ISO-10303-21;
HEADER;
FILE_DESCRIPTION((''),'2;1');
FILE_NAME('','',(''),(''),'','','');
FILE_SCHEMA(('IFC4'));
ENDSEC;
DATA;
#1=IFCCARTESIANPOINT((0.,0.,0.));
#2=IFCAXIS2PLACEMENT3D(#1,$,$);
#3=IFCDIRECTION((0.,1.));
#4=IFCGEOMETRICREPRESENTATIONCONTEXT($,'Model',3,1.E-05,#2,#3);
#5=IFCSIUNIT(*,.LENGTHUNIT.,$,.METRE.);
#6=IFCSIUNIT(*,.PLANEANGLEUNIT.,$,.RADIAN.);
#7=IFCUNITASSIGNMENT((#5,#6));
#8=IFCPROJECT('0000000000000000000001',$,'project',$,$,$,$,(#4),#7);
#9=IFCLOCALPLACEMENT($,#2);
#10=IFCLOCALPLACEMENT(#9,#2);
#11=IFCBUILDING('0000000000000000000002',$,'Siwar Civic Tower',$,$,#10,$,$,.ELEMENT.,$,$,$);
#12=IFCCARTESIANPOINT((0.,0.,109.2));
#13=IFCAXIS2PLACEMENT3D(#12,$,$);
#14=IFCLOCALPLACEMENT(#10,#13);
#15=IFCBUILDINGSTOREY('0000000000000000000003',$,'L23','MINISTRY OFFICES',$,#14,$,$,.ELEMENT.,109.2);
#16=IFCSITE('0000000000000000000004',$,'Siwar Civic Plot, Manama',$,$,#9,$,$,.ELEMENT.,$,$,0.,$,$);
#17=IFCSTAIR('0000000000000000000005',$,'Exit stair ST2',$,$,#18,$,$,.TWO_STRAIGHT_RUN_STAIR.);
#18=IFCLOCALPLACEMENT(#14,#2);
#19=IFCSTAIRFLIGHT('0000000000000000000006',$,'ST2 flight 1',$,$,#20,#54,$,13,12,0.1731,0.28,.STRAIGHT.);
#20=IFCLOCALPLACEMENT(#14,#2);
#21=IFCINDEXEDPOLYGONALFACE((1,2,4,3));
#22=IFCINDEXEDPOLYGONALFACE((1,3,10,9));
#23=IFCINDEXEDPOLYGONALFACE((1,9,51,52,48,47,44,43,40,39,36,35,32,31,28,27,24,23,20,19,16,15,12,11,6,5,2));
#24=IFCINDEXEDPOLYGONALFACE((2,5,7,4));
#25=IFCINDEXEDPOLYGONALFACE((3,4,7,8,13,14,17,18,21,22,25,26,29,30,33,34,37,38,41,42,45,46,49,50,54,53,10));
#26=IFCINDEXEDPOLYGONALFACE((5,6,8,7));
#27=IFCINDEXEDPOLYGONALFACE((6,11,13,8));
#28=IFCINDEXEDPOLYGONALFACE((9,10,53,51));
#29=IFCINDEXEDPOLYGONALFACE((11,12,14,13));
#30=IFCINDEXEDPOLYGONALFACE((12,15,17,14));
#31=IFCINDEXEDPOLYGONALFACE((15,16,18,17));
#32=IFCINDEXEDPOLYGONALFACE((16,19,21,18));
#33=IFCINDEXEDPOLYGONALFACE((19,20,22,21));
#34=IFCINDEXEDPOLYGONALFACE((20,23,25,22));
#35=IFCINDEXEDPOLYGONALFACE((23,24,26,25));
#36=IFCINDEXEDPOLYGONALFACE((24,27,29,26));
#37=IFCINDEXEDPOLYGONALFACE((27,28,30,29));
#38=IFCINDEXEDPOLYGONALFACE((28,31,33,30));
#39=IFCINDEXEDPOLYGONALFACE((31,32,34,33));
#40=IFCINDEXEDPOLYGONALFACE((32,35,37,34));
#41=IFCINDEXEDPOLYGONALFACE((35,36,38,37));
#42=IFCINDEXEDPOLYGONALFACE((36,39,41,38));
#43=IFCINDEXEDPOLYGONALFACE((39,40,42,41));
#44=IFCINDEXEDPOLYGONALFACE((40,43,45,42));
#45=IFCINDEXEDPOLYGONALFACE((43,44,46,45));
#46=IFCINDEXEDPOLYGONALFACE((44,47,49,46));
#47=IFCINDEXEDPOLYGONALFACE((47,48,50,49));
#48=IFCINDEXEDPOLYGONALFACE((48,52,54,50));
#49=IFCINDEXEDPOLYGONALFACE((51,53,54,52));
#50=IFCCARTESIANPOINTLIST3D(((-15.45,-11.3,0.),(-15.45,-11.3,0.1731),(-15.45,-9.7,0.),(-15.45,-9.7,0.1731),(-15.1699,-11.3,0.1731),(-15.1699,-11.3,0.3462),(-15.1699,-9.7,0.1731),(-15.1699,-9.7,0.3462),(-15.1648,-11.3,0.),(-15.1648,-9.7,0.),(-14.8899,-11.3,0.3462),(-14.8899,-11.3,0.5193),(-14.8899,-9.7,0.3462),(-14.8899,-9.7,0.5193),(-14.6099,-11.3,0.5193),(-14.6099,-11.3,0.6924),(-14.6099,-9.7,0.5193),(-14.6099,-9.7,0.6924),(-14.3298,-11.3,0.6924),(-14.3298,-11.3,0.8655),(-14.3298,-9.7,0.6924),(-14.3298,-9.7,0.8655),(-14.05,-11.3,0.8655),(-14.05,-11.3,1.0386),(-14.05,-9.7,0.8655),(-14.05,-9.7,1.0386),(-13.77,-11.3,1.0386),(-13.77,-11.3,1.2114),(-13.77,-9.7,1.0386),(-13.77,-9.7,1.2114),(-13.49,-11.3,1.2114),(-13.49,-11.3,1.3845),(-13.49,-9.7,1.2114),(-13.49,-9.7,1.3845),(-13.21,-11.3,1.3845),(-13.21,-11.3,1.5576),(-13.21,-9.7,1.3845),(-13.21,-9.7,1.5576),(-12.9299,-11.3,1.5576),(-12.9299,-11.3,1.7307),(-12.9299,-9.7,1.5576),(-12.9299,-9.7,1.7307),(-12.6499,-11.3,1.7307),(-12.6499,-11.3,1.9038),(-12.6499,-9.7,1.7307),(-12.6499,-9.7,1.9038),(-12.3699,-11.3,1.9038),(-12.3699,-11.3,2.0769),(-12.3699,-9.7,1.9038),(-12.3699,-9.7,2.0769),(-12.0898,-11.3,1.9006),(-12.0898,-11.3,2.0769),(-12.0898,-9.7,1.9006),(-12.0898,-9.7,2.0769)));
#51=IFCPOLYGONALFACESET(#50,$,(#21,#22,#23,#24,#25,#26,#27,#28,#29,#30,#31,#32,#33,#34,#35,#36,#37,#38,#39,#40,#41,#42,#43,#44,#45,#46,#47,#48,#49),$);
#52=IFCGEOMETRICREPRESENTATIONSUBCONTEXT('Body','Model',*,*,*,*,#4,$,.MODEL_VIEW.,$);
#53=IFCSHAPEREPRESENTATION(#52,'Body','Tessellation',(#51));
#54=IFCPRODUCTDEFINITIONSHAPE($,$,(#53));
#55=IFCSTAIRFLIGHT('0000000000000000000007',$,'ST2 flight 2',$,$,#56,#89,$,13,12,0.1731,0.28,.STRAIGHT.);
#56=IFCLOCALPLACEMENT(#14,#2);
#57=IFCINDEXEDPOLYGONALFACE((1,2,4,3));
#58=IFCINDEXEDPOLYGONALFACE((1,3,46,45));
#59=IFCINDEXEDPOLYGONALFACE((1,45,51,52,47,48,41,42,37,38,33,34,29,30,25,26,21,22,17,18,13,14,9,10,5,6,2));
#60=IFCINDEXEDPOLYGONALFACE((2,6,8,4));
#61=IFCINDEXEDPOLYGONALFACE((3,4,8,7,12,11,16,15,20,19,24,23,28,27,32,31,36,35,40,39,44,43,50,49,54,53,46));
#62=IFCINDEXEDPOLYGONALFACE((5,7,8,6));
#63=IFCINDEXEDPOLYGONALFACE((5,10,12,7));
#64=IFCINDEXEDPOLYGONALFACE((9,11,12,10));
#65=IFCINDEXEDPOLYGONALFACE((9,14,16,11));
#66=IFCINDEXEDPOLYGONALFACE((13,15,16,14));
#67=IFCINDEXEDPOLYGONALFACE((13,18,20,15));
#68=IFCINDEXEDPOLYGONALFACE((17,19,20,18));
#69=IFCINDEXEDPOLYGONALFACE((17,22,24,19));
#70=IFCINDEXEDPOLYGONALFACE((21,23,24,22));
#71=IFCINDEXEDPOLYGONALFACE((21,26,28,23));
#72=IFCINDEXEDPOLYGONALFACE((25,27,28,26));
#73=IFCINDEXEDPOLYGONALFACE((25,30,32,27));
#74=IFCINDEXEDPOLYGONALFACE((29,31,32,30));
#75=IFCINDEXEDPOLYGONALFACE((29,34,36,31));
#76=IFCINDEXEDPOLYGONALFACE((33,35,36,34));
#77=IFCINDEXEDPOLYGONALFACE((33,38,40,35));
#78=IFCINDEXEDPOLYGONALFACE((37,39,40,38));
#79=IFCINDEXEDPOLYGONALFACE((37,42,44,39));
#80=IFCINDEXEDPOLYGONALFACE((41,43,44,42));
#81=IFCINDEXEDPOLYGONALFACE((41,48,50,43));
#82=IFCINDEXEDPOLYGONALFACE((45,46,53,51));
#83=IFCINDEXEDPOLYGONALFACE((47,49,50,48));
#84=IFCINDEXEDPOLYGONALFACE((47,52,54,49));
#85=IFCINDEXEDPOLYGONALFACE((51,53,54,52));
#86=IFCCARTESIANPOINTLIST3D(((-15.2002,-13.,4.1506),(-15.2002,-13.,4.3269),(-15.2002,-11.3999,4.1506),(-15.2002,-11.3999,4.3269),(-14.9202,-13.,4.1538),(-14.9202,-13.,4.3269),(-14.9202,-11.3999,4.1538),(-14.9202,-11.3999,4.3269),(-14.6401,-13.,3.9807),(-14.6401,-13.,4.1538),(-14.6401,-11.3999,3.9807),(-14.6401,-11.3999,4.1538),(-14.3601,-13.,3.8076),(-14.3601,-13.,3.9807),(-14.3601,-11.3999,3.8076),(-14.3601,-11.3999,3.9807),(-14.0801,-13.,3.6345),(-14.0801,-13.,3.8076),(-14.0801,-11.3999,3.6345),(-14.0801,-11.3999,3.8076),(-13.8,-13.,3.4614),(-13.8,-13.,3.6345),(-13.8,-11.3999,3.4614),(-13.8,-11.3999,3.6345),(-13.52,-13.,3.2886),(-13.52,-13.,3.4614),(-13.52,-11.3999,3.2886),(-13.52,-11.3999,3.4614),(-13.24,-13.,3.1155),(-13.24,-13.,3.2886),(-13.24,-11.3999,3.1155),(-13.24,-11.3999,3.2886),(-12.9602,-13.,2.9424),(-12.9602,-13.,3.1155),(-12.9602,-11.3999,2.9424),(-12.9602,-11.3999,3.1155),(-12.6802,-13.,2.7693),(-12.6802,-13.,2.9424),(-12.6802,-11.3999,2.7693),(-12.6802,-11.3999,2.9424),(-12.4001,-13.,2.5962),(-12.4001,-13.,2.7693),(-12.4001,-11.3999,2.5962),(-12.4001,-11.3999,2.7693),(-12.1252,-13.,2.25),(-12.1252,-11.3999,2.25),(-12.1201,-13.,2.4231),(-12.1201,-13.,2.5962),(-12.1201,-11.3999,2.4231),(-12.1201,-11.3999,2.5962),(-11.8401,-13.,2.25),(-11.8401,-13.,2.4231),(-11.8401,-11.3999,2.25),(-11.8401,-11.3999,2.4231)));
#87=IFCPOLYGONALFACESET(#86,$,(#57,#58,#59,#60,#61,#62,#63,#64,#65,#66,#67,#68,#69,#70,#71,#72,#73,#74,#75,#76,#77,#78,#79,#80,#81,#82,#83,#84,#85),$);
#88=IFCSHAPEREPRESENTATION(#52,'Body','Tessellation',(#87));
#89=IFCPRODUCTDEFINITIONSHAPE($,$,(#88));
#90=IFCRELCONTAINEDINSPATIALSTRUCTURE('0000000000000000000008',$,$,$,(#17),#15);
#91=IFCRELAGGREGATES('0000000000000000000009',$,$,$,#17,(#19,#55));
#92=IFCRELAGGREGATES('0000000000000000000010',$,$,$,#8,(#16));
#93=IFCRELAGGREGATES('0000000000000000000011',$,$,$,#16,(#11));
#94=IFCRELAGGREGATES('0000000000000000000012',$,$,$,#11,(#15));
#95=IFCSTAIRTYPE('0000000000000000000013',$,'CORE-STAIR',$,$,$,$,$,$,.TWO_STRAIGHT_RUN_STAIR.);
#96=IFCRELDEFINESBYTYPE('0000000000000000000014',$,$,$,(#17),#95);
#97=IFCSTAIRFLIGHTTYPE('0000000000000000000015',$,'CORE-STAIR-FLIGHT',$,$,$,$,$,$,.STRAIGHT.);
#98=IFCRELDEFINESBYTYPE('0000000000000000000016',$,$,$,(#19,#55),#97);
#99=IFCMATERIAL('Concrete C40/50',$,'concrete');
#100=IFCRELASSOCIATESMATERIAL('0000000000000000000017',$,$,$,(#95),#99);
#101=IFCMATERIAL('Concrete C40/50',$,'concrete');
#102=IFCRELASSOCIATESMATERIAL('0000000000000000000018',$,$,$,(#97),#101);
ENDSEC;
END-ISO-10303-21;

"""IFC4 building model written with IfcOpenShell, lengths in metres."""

from ifc_helpers import new_model, si_unit, direction, frame, origin, place, context, subcontext, project, spatial, polyline, outline, extrude, material, type_object, element, aggregate, save


model = new_model("IFC4")

# Units and contexts
model_context = context("Model", 3, precision=1e-05, world=origin(), true_north=direction((0.0, 1.0)))
body_context = subcontext(model_context, "Body", "Model", "MODEL_VIEW")
ifc_project = project(units=[si_unit("LENGTHUNIT", "METRE"), si_unit("PLANEANGLEUNIT", "RADIAN")], contexts=[model_context])

# Site, building, storey
site_placement = place(None, origin())
site = spatial("IfcSite", under=ifc_project, at=site_placement, Name="Siwar Civic Plot, Manama", CompositionType="ELEMENT", RefElevation=0.0)
building_placement = place(site_placement, origin())
building = spatial("IfcBuilding", under=site, at=building_placement, Name="Siwar Civic Tower", CompositionType="ELEMENT")
storey_placement = place(building_placement, frame((0.0, 0.0, 109.2)))
storey = spatial("IfcBuildingStorey", under=building, at=storey_placement, Name="L23", Description="MINISTRY OFFICES", CompositionType="ELEMENT", Elevation=109.2)

# Stair, stair flights
ifc_material_1 = material(Name="Concrete C40/50", Category="concrete")
stair_type = type_object("IfcStairType", Name="CORE-STAIR", PredefinedType="TWO_STRAIGHT_RUN_STAIR", material=ifc_material_1)
stair_placement = place(storey_placement, origin())
stair = element("IfcStair", 1, at=stair_placement, inside=storey, type_object=stair_type, Name="Exit stair ST2", PredefinedType="TWO_STRAIGHT_RUN_STAIR")
ifc_material_2 = material(Name="Concrete C40/50", Category="concrete")
stair_flight_type = type_object("IfcStairFlightType", Name="CORE-STAIR-FLIGHT", PredefinedType="STRAIGHT", material=ifc_material_2)
stair_flight_1_placement = place(storey_placement, frame((-15.45, -10.5, 0.0), z_axis=(0.0, 0.0, 1.0), x_axis=(1.0, 0.0, 0.0)))
stair_flight_1 = element("IfcStairFlight", 2, at=stair_flight_1_placement, type_object=stair_flight_type, Name="ST2 flight 1", NumberOfRisers=13, NumberOfTreads=12, PredefinedType="STRAIGHT", RiserHeight=0.1731, TreadLength=0.28, context=body_context, shape_type="SweptSolid", body=[
    extrude(outline(polyline([(0.0, 0.0), (0.0, 0.1731), (0.28, 0.1731), (0.28, 0.3462), (0.5601, 0.3462), (0.5601, 0.5193), (0.8401, 0.5193), (0.8401, 0.6924), (1.1201, 0.6924), (1.1201, 0.8655), (1.3999, 0.8655), (1.3999, 1.0386), (1.6799, 1.0386), (1.6799, 1.2114), (1.96, 1.2114), (1.96, 1.3845), (2.24, 1.3845), (2.24, 1.5576), (2.52, 1.5576), (2.52, 1.7307), (2.8, 1.7307), (2.8, 1.9038), (3.0801, 1.9038), (3.0801, 2.0769), (3.3601, 2.0769), (3.3601, 2.25), (3.3601, 1.9006), (0.2852, 0.0), (0.0, 0.0)])), frame((0.0, 0.8, 0.0), z_axis=(0.0, -1.0, 0.0), x_axis=(1.0, 0.0, 0.0)), (0.0, 0.0, 1.0), 1.6001),
])
stair_flight_2_placement = place(storey_placement, frame((-11.8401, -12.2, 2.25), z_axis=(0.0, 0.0, 1.0), x_axis=(-1.0, 0.0, 0.0)))
stair_flight_2 = element("IfcStairFlight", 3, at=stair_flight_2_placement, type_object=stair_flight_type, Name="ST2 flight 2", NumberOfRisers=13, NumberOfTreads=12, PredefinedType="STRAIGHT", RiserHeight=0.1731, TreadLength=0.28, context=body_context, shape_type="SweptSolid", body=[
    extrude(outline(polyline([(0.0, 0.0), (0.0, 0.1731), (0.28, 0.1731), (0.28, 0.3462), (0.5601, 0.3462), (0.5601, 0.5193), (0.8401, 0.5193), (0.8401, 0.6924), (1.1201, 0.6924), (1.1201, 0.8655), (1.3999, 0.8655), (1.3999, 1.0386), (1.6799, 1.0386), (1.6799, 1.2114), (1.96, 1.2114), (1.96, 1.3845), (2.24, 1.3845), (2.24, 1.5576), (2.52, 1.5576), (2.52, 1.7307), (2.8, 1.7307), (2.8, 1.9038), (3.0801, 1.9038), (3.0801, 2.0769), (3.3601, 2.0769), (3.3601, 2.25), (3.3601, 1.9006), (0.2852, 0.0), (0.0, 0.0)])), frame((0.0, 0.8, 0.0), z_axis=(0.0, -1.0, 0.0), x_axis=(1.0, 0.0, 0.0)), (0.0, 0.0, 1.0), 1.6001),
])
aggregate(stair, [stair_flight_1, stair_flight_2])

save(model, "model.ifc")
